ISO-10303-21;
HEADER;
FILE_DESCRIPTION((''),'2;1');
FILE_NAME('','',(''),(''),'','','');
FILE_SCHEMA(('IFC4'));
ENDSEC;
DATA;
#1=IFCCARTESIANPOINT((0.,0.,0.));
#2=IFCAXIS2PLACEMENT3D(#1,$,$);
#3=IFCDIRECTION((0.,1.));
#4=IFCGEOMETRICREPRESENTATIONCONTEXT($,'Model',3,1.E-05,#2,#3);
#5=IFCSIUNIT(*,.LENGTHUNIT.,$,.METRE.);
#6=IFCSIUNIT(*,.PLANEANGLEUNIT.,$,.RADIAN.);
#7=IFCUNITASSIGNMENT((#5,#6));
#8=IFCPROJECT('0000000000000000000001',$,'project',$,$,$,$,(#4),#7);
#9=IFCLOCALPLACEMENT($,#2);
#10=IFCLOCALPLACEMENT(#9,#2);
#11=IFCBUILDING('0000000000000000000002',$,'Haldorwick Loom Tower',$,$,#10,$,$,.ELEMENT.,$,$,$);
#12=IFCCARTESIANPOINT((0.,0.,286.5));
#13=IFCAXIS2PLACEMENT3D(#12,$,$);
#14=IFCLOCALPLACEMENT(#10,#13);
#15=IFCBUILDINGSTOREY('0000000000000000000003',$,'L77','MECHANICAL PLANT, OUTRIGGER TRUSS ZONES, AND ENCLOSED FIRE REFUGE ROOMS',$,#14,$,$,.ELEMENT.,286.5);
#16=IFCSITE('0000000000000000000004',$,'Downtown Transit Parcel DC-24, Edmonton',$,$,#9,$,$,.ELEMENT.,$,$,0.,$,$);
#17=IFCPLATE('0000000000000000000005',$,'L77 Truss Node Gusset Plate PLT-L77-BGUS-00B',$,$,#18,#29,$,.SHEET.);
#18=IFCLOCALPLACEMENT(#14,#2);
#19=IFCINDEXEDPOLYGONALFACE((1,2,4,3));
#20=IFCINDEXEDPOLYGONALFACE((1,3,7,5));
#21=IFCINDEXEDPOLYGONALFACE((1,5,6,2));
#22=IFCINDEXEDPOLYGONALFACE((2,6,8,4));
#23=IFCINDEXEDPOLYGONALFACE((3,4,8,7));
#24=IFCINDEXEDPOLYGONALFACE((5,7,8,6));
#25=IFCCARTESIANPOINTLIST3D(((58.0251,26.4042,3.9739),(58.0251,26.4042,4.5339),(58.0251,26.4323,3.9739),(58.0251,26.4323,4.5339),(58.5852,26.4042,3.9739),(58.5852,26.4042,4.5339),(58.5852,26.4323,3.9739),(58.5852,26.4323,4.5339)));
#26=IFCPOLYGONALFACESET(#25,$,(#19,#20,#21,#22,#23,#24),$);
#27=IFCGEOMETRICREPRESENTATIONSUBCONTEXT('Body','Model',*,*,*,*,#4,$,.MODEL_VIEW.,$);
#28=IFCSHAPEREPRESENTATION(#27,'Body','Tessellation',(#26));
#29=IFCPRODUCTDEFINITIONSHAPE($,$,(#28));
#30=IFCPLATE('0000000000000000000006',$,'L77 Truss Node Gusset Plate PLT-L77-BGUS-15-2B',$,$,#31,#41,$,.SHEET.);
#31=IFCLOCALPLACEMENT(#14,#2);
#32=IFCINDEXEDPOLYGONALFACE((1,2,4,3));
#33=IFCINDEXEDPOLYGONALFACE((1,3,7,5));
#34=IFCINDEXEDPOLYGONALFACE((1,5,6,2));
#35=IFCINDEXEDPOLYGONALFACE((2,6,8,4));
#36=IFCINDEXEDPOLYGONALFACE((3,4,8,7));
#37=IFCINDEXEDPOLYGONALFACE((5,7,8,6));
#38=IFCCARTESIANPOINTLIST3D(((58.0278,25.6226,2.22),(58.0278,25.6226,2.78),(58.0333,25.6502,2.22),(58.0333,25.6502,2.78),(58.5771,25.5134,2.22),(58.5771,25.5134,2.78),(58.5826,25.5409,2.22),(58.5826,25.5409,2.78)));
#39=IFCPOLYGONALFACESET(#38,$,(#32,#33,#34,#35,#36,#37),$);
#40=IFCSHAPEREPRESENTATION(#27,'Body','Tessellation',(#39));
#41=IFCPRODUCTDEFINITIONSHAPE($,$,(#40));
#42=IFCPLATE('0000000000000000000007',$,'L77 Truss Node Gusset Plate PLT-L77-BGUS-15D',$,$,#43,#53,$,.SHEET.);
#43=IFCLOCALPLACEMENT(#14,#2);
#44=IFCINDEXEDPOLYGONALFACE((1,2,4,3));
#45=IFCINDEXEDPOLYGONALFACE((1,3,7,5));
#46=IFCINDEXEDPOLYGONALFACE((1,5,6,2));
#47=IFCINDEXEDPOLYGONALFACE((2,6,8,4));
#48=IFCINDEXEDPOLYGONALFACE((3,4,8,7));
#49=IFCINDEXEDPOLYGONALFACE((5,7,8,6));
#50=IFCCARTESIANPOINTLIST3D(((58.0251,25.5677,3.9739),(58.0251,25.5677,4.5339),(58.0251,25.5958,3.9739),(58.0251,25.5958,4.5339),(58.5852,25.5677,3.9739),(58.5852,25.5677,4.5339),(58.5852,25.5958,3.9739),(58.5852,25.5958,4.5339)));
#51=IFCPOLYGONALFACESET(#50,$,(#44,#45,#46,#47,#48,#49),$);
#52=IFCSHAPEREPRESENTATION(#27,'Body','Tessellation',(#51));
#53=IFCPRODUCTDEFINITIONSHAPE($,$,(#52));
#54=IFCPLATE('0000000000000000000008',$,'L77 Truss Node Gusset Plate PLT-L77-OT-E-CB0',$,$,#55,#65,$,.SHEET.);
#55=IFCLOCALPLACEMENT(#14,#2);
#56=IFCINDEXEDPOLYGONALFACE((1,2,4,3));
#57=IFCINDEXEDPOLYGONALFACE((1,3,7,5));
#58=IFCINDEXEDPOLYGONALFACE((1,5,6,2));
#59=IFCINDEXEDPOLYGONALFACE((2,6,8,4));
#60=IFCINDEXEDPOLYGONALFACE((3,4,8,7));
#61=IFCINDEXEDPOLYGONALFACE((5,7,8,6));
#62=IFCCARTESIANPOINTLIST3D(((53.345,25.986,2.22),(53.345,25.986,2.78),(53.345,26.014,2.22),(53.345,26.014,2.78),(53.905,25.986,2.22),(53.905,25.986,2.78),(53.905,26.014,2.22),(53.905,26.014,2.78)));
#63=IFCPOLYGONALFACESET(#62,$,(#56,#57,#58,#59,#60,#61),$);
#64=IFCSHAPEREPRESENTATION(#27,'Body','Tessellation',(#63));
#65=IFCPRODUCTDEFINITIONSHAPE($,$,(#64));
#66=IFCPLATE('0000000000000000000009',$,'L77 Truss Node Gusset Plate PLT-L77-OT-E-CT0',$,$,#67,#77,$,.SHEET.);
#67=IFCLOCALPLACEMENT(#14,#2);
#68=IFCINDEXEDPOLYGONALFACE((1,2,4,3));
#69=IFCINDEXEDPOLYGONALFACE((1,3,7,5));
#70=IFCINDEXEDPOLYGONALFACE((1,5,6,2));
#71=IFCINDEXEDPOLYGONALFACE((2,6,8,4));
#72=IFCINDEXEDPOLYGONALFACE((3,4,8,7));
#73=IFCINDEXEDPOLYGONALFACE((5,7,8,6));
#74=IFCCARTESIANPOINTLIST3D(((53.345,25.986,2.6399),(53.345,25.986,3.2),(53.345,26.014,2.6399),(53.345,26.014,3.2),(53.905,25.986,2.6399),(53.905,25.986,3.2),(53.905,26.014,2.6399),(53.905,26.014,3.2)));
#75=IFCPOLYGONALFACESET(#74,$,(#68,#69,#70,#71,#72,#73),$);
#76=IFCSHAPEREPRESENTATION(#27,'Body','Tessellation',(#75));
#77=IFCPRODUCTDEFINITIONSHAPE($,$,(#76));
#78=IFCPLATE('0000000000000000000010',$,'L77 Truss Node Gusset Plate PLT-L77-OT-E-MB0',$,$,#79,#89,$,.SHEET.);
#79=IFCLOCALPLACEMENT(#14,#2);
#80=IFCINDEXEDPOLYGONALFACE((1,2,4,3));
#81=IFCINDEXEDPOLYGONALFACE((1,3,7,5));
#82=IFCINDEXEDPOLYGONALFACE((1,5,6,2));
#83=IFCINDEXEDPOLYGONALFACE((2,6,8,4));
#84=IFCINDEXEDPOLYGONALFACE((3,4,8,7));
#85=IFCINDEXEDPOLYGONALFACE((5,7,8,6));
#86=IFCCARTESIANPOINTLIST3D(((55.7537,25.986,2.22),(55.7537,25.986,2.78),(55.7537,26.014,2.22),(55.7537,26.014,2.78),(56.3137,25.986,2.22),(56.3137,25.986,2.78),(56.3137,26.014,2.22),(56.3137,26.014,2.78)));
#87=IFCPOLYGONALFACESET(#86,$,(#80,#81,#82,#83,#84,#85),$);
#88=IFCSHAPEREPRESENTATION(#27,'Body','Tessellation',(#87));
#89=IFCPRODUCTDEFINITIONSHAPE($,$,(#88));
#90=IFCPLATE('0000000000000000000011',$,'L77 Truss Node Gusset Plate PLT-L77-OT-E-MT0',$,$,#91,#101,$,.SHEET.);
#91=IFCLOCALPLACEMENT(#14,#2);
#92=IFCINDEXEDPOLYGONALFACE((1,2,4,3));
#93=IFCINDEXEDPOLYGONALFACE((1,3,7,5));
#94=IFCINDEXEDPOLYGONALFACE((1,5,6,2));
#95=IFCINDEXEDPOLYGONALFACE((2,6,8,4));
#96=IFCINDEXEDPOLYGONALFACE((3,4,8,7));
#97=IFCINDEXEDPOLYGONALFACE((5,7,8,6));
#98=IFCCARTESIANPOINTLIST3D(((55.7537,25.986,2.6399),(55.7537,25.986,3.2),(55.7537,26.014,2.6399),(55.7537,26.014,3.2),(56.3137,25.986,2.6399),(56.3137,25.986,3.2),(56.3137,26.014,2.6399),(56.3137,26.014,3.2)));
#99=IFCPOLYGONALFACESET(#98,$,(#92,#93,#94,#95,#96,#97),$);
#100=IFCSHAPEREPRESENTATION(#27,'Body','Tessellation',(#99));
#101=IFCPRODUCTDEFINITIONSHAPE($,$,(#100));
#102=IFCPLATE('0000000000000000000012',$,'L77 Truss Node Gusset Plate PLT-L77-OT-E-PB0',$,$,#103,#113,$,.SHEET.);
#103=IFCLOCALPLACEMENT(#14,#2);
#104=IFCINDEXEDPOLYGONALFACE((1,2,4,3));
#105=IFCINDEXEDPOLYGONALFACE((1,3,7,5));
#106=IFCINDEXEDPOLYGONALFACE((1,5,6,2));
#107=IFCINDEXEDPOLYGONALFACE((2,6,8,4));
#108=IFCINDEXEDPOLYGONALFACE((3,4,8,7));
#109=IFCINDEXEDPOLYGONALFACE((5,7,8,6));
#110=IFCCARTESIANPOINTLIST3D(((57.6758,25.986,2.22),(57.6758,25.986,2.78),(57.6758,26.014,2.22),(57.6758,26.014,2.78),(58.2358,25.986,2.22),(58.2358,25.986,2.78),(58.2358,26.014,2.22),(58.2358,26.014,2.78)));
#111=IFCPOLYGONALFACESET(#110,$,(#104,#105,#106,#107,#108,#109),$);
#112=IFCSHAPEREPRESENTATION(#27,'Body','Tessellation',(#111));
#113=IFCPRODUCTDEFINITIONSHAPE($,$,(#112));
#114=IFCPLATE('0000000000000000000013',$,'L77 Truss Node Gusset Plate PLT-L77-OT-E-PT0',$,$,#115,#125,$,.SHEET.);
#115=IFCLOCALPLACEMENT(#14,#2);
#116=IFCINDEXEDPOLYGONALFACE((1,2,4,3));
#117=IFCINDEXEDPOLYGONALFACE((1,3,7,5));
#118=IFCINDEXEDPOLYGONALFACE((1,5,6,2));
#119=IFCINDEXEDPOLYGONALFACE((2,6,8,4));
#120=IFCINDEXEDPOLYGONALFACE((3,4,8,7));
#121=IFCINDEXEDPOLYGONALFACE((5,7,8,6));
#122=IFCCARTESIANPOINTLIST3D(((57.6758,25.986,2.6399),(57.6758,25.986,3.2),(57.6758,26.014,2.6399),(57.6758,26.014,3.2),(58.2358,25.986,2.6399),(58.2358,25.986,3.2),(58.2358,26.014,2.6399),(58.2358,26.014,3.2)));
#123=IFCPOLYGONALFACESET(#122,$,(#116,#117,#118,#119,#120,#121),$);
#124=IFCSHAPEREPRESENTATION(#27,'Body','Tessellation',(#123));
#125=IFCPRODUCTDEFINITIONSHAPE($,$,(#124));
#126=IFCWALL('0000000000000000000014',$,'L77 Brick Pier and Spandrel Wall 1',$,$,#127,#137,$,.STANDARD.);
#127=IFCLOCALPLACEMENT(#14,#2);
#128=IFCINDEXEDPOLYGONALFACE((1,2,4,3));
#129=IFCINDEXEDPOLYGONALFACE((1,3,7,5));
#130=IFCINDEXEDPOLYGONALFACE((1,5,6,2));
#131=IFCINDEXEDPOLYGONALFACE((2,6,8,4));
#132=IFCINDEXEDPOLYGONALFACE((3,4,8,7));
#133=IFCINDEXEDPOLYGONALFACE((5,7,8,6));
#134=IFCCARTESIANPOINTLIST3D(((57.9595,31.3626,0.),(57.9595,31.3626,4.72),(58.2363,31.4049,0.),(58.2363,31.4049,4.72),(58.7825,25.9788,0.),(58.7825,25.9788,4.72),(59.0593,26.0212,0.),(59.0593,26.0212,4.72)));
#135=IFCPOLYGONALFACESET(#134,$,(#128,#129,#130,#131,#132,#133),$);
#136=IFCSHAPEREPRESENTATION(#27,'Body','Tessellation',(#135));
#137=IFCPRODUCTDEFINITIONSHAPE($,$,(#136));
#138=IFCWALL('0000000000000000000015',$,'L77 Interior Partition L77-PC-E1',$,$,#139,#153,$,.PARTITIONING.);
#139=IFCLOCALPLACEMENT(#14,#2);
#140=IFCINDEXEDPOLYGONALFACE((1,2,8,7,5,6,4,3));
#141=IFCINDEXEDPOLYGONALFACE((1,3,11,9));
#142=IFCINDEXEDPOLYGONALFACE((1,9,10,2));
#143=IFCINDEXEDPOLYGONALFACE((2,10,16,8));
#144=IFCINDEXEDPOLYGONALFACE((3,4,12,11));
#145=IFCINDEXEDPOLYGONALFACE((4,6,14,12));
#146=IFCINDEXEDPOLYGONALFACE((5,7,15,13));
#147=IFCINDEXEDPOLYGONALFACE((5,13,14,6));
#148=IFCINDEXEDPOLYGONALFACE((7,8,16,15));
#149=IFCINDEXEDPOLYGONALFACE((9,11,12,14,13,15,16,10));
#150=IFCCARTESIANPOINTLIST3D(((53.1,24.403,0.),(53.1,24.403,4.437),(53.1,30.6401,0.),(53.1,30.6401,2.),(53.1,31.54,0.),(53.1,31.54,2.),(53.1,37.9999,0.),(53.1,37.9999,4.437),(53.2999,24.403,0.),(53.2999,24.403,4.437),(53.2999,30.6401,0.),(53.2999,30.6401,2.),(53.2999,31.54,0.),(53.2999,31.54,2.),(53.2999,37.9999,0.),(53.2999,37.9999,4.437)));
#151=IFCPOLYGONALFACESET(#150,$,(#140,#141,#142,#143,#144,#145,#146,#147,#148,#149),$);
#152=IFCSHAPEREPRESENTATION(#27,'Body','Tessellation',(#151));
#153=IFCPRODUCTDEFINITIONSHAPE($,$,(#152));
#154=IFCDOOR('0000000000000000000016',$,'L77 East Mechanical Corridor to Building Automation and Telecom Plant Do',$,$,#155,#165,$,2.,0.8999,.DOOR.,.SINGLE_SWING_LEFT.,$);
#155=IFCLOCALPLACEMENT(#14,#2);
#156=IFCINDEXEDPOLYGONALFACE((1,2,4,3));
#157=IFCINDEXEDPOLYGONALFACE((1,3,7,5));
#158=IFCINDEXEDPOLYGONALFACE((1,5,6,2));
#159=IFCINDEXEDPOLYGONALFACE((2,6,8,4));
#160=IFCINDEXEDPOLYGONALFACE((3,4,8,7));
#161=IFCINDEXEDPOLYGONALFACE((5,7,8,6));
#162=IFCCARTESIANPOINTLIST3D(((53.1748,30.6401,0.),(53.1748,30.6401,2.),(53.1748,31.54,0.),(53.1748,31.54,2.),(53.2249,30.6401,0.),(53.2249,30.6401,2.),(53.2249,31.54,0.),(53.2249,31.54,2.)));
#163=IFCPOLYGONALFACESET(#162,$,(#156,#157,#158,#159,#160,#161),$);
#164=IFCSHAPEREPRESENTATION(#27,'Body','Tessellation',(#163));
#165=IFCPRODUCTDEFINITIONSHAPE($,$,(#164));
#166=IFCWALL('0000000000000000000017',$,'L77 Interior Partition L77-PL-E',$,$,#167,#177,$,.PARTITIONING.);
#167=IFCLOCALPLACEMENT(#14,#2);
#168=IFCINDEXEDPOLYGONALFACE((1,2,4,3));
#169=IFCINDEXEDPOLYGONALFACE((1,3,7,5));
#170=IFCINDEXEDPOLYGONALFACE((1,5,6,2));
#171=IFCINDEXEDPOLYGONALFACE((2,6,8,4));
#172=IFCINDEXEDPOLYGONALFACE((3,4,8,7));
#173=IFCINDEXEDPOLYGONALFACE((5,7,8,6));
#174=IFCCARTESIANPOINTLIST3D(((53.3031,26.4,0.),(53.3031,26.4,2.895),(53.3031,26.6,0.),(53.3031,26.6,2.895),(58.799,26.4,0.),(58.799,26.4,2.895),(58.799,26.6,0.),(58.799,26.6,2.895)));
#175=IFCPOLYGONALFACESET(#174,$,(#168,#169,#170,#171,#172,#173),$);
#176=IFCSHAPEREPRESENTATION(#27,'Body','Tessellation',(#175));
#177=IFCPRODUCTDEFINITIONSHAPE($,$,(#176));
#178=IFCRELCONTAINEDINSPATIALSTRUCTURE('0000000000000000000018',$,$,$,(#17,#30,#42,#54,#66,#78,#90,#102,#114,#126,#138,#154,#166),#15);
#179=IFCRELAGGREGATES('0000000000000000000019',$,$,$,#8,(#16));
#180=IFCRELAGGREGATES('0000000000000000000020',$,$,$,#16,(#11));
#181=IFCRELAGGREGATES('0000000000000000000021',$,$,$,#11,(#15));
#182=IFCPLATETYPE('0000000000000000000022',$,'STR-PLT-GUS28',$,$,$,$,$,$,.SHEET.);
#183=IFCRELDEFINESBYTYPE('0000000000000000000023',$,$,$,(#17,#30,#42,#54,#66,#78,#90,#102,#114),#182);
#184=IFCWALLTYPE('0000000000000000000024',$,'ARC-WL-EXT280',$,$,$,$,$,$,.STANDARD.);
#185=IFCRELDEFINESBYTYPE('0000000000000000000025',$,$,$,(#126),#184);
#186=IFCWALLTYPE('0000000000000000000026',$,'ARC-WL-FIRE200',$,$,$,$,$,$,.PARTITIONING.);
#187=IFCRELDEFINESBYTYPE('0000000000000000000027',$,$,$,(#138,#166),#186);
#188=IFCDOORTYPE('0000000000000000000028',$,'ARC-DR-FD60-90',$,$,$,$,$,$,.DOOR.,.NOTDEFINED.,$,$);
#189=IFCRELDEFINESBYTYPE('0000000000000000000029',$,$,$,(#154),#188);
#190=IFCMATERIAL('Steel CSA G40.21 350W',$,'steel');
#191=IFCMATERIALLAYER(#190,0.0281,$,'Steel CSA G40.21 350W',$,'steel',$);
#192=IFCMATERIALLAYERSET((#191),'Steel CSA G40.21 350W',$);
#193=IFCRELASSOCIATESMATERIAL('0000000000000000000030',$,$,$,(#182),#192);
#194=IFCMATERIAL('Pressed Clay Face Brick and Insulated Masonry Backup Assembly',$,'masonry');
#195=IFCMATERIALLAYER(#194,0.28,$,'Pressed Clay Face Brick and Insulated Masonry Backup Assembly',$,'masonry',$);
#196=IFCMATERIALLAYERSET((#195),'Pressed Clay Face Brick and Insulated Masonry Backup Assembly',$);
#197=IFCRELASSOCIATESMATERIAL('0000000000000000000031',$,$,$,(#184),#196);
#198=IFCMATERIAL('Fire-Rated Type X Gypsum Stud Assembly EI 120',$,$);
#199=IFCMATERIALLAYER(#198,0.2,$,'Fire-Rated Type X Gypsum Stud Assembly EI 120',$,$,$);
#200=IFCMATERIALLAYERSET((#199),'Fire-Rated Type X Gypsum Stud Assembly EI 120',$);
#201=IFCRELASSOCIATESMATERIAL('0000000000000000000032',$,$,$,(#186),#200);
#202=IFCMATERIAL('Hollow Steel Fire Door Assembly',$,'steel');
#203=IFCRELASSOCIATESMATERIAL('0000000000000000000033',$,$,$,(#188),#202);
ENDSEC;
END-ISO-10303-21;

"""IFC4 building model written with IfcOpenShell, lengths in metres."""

from ifc_helpers import new_model, si_unit, direction, frame, frame_2d, origin, origin_2d, place, context, subcontext, project, spatial, rectangle, extrude, material, layer, layer_set, type_object, element, fill, save


model = new_model("IFC4")

# Units and contexts
model_context = context("Model", 3, precision=1e-05, world=origin(), true_north=direction((0.0, 1.0)))
body_context = subcontext(model_context, "Body", "Model", "MODEL_VIEW")
ifc_project = project(units=[si_unit("LENGTHUNIT", "METRE"), si_unit("PLANEANGLEUNIT", "RADIAN")], contexts=[model_context])

# Site, building, storey
site_placement = place(None, origin())
site = spatial("IfcSite", under=ifc_project, at=site_placement, Name="Downtown Transit Parcel DC-24, Edmonton", CompositionType="ELEMENT", RefElevation=0.0)
building_placement = place(site_placement, origin())
building = spatial("IfcBuilding", under=site, at=building_placement, Name="Haldorwick Loom Tower", CompositionType="ELEMENT")
storey_placement = place(building_placement, frame((0.0, 0.0, 286.5)))
storey = spatial("IfcBuildingStorey", under=building, at=storey_placement, Name="L77", Description="MECHANICAL PLANT, OUTRIGGER TRUSS ZONES, AND ENCLOSED FIRE REFUGE ROOMS", CompositionType="ELEMENT", Elevation=286.5)

# Shared definitions
ifc_material_1 = material(Name="Steel CSA G40.21 350W", Category="steel")

# Plates
ifc_layer_1 = layer(ifc_material_1, 0.0281, Name="Steel CSA G40.21 350W", Category="steel")
ifc_layer_set_1 = layer_set([ifc_layer_1], Name="Steel CSA G40.21 350W")
plate_type = type_object("IfcPlateType", Name="STR-PLT-GUS28", PredefinedType="SHEET", material=ifc_layer_set_1)
for number, where, z_axis, x_axis, name in (
    (1, (58.3052, 26.4182, 3.9739), (0.0, 0.0, 1.0), (1.0, 0.0, 0.0), "L77 Truss Node Gusset Plate PLT-L77-BGUS-00B"),
    (2, (58.3052, 25.5818, 2.22), (0.0, 0.0, 1.0), (-0.980785, 0.19509, 0.0), "L77 Truss Node Gusset Plate PLT-L77-BGUS-15-2B"),
    (3, (58.3052, 25.5818, 3.9739), (0.0, 0.0, 1.0), (1.0, 0.0, 0.0), "L77 Truss Node Gusset Plate PLT-L77-BGUS-15D"),
    (4, (53.625, 26.0, 2.22), (0.0, 0.0, 1.0), (1.0, 0.0, 0.0), "L77 Truss Node Gusset Plate PLT-L77-OT-E-CB0"),
    (5, (53.625, 26.0, 2.6399), (0.0, 0.0, 1.0), (1.0, 0.0, 0.0), "L77 Truss Node Gusset Plate PLT-L77-OT-E-CT0"),
    (6, (56.0337, 26.0, 2.22), (0.0, 0.0, 1.0), (1.0, 0.0, 0.0), "L77 Truss Node Gusset Plate PLT-L77-OT-E-MB0"),
    (7, (56.0337, 26.0, 2.6399), (0.0, 0.0, 1.0), (1.0, 0.0, 0.0), "L77 Truss Node Gusset Plate PLT-L77-OT-E-MT0"),
    (8, (57.9558, 26.0, 2.22), (0.0, 0.0, 1.0), (1.0, 0.0, 0.0), "L77 Truss Node Gusset Plate PLT-L77-OT-E-PB0"),
    (9, (57.9558, 26.0, 2.6399), (0.0, 0.0, 1.0), (1.0, 0.0, 0.0), "L77 Truss Node Gusset Plate PLT-L77-OT-E-PT0"),
):
    element("IfcPlate", number, at=place(storey_placement, frame(where, z_axis=z_axis, x_axis=x_axis)), inside=storey, type_object=plate_type, Name=name, PredefinedType="SHEET", context=body_context, shape_type="SweptSolid", body=[
        extrude(rectangle(XDim=0.5601, YDim=0.0281, at=origin_2d()), origin(), (0.0, 0.0, 1.0), 0.5601),
    ])

# Wall
ifc_material_2 = material(Name="Pressed Clay Face Brick and Insulated Masonry Backup Assembly", Category="masonry")
ifc_layer_2 = layer(ifc_material_2, 0.28, Name="Pressed Clay Face Brick and Insulated Masonry Backup Assembly", Category="masonry")
ifc_layer_set_2 = layer_set([ifc_layer_2], Name="Pressed Clay Face Brick and Insulated Masonry Backup Assembly")
wall_type_1 = type_object("IfcWallType", Name="ARC-WL-EXT280", PredefinedType="STANDARD", material=ifc_layer_set_2)
wall_1_placement = place(storey_placement, frame((58.9209, 26.0, 0.0), z_axis=(0.0, 0.0, 1.0), x_axis=(-0.151111, 0.988517, 0.0)))
element("IfcWall", 10, at=wall_1_placement, inside=storey, type_object=wall_type_1, Name="L77 Brick Pier and Spandrel Wall 1", PredefinedType="STANDARD", context=body_context, shape_type="SweptSolid", body=[
    extrude(rectangle(XDim=5.4463, YDim=0.28, at=frame_2d((2.7231, 0.0))), origin(), (0.0, 0.0, 1.0), 4.72),
])

# Wall, opening, door
ifc_material_3 = material(Name="Fire-Rated Type X Gypsum Stud Assembly EI 120")
ifc_layer_3 = layer(ifc_material_3, 0.2, Name="Fire-Rated Type X Gypsum Stud Assembly EI 120")
ifc_layer_set_3 = layer_set([ifc_layer_3], Name="Fire-Rated Type X Gypsum Stud Assembly EI 120")
wall_type_2 = type_object("IfcWallType", Name="ARC-WL-FIRE200", PredefinedType="PARTITIONING", material=ifc_layer_set_3)
wall_2_placement = place(storey_placement, frame((53.2, 24.4031, 0.0), z_axis=(0.0, 0.0, 1.0), x_axis=(0.0, 1.0, 0.0)))
wall_2 = element("IfcWall", 11, at=wall_2_placement, inside=storey, type_object=wall_type_2, Name="L77 Interior Partition L77-PC-E1", PredefinedType="PARTITIONING", context=body_context, shape_type="SweptSolid", body=[
    extrude(rectangle(XDim=13.5969, YDim=0.2, at=frame_2d((6.7983, 0.0))), origin(), (0.0, 0.0, 1.0), 4.437),
])
opening_placement = place(wall_2_placement, frame((6.2371, 0.0, 0.0)))
opening = element("IfcOpeningElement", 12, at=opening_placement, cuts=wall_2, PredefinedType="OPENING", context=body_context, shape_type="SweptSolid", body=[
    extrude(rectangle(XDim=0.8999, YDim=2.0, at=frame_2d((0.45, 1.0))), frame((0.0, 0.1099, 0.0), z_axis=(0.0, -1.0, 0.0), x_axis=(1.0, 0.0, 0.0)), (0.0, 0.0, 1.0), 0.22),
])
ifc_material_4 = material(Name="Hollow Steel Fire Door Assembly", Category="steel")
door_type = type_object("IfcDoorType", Name="ARC-DR-FD60-90", OperationType="NOTDEFINED", PredefinedType="DOOR", material=ifc_material_4)
door_placement = place(opening_placement, frame((0.8999, 0.0, 0.0), z_axis=(0.0, 0.0, 1.0), x_axis=(-1.0, 0.0, 0.0)))
door = element("IfcDoor", 13, at=door_placement, inside=storey, type_object=door_type, Name="L77 East Mechanical Corridor to Building Automation and Telecom Plant Do", OperationType="SINGLE_SWING_LEFT", OverallHeight=2.0, OverallWidth=0.8999, PredefinedType="DOOR", context=body_context, shape_type="SweptSolid", body=[
    extrude(rectangle(XDim=0.8999, YDim=2.0, at=frame_2d((0.45, 1.0))), frame((0.0, 0.0249, 0.0), z_axis=(0.0, -1.0, 0.0), x_axis=(1.0, 0.0, 0.0)), (0.0, 0.0, 1.0), 0.05),
])
fill(opening, door)

# Wall
wall_3_placement = place(storey_placement, frame((53.303, 26.5, 0.0), z_axis=(0.0, 0.0, 1.0), x_axis=(1.0, 0.0, 0.0)))
element("IfcWall", 14, at=wall_3_placement, inside=storey, type_object=wall_type_2, Name="L77 Interior Partition L77-PL-E", PredefinedType="PARTITIONING", context=body_context, shape_type="SweptSolid", body=[
    extrude(rectangle(XDim=5.4958, YDim=0.2, at=frame_2d((2.748, 0.0))), origin(), (0.0, 0.0, 1.0), 2.895),
])

save(model, "model.ifc")
